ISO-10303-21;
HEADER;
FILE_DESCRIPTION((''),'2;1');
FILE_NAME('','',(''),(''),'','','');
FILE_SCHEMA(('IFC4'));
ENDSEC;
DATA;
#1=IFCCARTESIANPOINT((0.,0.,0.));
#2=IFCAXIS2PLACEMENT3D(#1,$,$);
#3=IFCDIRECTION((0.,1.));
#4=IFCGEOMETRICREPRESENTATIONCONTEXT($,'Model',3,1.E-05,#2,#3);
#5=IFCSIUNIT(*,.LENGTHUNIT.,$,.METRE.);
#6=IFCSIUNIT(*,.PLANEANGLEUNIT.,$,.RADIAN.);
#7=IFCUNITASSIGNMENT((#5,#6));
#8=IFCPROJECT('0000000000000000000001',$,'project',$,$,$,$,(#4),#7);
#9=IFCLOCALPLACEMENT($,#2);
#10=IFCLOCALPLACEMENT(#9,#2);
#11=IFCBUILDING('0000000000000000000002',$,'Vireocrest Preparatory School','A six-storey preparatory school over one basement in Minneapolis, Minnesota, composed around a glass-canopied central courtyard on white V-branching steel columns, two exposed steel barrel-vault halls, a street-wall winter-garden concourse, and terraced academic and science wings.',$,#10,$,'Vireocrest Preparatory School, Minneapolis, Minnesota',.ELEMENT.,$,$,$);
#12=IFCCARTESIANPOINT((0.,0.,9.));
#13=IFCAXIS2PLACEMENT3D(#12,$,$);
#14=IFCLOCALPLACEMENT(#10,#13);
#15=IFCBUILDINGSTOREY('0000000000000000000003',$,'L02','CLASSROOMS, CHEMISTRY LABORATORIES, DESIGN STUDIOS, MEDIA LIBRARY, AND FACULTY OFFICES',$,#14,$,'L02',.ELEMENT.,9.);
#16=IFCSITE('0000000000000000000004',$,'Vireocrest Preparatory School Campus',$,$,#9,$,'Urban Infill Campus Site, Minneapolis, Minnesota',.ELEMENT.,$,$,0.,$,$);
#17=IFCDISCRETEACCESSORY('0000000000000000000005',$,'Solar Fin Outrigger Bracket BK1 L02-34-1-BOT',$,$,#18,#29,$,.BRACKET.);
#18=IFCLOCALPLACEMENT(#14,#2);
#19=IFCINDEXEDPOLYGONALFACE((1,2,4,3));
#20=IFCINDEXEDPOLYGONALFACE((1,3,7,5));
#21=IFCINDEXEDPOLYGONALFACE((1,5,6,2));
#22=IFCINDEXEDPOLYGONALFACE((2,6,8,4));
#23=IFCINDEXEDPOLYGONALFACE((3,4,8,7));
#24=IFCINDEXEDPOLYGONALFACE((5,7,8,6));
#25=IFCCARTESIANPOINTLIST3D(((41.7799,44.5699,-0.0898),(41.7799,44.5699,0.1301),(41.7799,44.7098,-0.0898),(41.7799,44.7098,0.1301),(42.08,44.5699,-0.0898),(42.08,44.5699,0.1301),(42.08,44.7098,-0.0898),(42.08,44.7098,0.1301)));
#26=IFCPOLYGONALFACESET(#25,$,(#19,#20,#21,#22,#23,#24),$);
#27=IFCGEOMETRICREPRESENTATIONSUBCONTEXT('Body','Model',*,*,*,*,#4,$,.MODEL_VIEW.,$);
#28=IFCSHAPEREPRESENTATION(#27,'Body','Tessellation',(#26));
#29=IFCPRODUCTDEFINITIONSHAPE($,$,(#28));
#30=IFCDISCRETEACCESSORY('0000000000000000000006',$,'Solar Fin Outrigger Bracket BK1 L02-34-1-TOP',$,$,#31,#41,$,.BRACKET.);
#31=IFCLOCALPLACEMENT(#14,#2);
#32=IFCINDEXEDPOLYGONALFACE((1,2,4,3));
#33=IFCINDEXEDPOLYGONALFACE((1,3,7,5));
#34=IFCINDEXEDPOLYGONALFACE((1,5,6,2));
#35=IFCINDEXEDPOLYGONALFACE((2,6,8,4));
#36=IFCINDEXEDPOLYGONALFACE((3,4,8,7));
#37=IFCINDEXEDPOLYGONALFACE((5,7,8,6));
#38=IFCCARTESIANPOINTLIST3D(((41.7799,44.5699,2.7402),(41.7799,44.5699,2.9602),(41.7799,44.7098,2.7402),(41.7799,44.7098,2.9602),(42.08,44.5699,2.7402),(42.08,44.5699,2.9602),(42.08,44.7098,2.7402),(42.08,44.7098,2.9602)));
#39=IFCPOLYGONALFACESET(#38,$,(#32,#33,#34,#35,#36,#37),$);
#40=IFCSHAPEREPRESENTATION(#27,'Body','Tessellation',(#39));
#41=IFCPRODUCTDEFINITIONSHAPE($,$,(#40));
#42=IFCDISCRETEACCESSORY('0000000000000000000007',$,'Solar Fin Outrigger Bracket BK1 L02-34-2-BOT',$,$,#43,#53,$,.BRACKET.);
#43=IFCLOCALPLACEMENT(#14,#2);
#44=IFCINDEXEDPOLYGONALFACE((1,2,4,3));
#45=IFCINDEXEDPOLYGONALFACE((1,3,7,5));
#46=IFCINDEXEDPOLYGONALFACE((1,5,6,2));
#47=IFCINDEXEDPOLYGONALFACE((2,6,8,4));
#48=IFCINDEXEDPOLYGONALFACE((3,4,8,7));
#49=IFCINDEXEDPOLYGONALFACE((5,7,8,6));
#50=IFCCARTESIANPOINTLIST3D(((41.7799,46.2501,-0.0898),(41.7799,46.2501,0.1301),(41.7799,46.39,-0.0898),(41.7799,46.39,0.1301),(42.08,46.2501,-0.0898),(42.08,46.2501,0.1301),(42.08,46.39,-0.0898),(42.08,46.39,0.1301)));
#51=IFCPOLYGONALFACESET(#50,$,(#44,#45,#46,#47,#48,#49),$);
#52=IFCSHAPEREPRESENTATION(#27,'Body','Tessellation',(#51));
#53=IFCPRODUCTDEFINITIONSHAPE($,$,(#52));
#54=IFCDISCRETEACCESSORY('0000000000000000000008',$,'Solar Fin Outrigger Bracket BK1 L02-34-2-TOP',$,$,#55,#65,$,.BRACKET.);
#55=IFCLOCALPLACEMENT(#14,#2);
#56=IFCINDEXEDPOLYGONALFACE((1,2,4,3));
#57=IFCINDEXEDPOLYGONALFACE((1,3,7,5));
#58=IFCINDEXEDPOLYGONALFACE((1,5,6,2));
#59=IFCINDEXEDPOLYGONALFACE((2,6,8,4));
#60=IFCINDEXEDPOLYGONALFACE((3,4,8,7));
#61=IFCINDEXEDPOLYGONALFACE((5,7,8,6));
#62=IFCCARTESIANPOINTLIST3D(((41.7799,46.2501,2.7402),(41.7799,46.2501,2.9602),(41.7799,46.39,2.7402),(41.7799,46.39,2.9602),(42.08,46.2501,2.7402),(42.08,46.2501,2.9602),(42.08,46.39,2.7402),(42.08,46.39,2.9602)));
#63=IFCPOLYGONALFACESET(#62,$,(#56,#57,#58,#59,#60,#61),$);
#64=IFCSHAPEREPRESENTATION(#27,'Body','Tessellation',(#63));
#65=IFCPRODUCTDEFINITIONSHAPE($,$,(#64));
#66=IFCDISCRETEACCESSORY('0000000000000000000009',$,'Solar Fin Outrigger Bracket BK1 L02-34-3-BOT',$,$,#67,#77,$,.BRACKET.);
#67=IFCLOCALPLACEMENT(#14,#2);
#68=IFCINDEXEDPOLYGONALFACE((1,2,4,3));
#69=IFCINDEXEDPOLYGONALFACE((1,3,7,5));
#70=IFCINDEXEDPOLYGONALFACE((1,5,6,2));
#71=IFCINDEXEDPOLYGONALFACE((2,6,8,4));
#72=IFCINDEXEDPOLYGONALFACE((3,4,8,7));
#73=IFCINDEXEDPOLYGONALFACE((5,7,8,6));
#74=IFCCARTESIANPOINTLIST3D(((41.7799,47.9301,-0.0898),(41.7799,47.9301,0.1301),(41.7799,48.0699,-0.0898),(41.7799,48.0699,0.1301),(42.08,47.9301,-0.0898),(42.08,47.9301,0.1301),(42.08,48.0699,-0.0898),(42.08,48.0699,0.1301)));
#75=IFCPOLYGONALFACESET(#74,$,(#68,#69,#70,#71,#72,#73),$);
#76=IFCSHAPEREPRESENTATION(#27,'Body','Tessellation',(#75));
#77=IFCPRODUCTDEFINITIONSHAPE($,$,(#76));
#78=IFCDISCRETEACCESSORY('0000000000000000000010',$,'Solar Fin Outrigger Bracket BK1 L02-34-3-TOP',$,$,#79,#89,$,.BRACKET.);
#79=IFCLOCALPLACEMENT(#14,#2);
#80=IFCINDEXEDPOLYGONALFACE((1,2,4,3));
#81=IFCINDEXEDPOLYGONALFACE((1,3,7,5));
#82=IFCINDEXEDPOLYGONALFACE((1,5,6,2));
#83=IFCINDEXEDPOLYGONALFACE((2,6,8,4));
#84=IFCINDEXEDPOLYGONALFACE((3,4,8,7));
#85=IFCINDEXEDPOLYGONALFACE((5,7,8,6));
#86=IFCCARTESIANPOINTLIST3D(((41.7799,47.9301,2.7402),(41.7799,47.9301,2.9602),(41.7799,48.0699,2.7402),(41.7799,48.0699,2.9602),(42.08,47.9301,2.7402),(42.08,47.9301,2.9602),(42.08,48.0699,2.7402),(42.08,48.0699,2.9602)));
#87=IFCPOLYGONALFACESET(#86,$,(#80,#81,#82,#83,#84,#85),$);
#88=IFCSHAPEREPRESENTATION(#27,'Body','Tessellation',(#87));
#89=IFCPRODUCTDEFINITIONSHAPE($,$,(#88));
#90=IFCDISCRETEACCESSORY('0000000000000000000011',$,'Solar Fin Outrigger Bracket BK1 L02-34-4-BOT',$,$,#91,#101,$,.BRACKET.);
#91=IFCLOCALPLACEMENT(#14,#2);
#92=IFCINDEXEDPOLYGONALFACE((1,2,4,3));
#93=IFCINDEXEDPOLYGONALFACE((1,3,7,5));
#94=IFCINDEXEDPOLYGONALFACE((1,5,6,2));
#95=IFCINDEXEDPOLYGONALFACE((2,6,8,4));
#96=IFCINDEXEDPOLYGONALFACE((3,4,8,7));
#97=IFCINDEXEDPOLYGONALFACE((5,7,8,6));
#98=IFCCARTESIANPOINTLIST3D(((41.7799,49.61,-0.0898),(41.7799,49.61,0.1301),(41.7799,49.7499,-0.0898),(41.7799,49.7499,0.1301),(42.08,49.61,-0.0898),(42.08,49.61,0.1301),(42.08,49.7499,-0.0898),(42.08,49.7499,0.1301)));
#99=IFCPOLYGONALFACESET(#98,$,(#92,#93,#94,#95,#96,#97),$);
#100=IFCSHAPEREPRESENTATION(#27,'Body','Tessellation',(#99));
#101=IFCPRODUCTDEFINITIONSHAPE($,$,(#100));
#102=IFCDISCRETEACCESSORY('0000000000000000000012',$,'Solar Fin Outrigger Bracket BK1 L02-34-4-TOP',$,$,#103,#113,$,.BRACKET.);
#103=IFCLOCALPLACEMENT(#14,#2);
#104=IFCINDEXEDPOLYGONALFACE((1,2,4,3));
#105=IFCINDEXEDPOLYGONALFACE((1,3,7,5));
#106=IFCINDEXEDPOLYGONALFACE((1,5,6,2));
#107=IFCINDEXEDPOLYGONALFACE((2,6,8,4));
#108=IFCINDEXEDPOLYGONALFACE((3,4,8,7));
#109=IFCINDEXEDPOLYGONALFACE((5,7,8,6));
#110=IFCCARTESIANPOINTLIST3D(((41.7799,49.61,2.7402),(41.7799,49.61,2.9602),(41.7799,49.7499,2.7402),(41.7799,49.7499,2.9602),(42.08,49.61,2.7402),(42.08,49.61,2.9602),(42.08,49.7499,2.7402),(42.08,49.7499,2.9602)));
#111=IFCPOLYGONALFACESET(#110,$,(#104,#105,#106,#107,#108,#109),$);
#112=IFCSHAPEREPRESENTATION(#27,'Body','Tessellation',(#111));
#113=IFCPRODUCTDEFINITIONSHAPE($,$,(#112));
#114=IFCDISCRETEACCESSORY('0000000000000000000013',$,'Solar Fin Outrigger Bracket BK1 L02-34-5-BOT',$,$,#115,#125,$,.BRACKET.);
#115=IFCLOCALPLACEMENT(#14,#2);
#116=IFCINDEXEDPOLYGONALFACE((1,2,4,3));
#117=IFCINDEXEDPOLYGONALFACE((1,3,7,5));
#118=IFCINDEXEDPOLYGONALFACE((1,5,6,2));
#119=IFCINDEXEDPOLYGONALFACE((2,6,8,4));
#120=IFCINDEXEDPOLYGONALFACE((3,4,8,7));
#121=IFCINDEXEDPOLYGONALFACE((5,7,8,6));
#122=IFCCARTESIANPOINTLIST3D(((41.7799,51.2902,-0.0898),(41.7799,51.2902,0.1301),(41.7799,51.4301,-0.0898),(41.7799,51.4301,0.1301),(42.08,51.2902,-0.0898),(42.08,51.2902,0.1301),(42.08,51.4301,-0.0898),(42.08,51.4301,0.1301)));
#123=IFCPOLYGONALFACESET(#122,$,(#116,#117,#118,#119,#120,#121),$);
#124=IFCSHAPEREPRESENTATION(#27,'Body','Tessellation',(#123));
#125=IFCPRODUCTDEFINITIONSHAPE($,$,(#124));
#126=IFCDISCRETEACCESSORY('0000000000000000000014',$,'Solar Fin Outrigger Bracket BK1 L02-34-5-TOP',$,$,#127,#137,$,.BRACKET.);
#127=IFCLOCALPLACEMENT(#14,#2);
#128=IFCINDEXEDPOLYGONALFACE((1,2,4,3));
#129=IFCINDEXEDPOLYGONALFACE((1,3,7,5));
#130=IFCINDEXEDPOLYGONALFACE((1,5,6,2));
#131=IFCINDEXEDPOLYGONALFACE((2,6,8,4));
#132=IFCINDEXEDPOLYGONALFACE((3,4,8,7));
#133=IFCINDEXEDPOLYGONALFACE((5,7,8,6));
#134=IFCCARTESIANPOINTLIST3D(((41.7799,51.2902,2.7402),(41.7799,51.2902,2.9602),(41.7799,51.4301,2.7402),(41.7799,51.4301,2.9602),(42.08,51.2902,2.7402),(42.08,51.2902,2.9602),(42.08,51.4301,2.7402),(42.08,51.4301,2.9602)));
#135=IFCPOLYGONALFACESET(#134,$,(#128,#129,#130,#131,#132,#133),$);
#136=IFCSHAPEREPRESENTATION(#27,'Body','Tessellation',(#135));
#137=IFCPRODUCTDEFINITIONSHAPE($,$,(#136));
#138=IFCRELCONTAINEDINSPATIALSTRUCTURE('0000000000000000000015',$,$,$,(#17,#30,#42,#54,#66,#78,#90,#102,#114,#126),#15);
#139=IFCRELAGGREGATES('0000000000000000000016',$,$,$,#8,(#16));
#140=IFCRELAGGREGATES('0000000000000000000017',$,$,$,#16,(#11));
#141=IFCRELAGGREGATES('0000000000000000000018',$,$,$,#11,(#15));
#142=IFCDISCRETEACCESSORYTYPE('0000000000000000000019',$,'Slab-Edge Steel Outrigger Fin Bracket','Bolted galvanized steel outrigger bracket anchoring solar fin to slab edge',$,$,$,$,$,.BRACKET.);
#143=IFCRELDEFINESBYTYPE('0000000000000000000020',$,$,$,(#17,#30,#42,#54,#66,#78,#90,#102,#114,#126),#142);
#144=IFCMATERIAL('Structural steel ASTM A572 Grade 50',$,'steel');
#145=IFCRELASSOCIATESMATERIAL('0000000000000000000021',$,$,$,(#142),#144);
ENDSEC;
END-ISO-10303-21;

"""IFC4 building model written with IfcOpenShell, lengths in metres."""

from ifc_helpers import new_model, si_unit, direction, frame, origin, origin_2d, place, context, subcontext, project, spatial, rectangle, extrude, material, type_object, element, save


model = new_model("IFC4")

# Units and contexts
model_context = context("Model", 3, precision=1e-05, world=origin(), true_north=direction((0.0, 1.0)))
body_context = subcontext(model_context, "Body", "Model", "MODEL_VIEW")
ifc_project = project(units=[si_unit("LENGTHUNIT", "METRE"), si_unit("PLANEANGLEUNIT", "RADIAN")], contexts=[model_context])

# Site, building, storey
site_placement = place(None, origin())
site = spatial("IfcSite", under=ifc_project, at=site_placement, Name="Vireocrest Preparatory School Campus", LongName="Urban Infill Campus Site, Minneapolis, Minnesota", CompositionType="ELEMENT", RefElevation=0.0)
building_placement = place(site_placement, origin())
building = spatial("IfcBuilding", under=site, at=building_placement, Name="Vireocrest Preparatory School", Description="A six-storey preparatory school over one basement in Minneapolis, Minnesota, composed around a glass-canopied central courtyard on white V-branching steel columns, two exposed steel barrel-vault halls, a street-wall winter-garden concourse, and terraced academic and science wings.", LongName="Vireocrest Preparatory School, Minneapolis, Minnesota", CompositionType="ELEMENT")
storey_placement = place(building_placement, frame((0.0, 0.0, 9.0)))
storey = spatial("IfcBuildingStorey", under=building, at=storey_placement, Name="L02", Description="CLASSROOMS, CHEMISTRY LABORATORIES, DESIGN STUDIOS, MEDIA LIBRARY, AND FACULTY OFFICES", LongName="L02", CompositionType="ELEMENT", Elevation=9.0)

# Discrete accessories
ifc_material_1 = material(Name="Structural steel ASTM A572 Grade 50", Category="steel")
discrete_accessory_type = type_object("IfcDiscreteAccessoryType", Name="Slab-Edge Steel Outrigger Fin Bracket", Description="Bolted galvanized steel outrigger bracket anchoring solar fin to slab edge", PredefinedType="BRACKET", material=ifc_material_1)
for number, where, z_axis, x_axis, name in (
    (1, (41.9299, 44.6399, -0.0898), (0.0, 0.0, 1.0), (0.0, 1.0, 0.0), "Solar Fin Outrigger Bracket BK1 L02-34-1-BOT"),
    (2, (41.9299, 44.6399, 2.7402), (0.0, 0.0, 1.0), (0.0, 1.0, 0.0), "Solar Fin Outrigger Bracket BK1 L02-34-1-TOP"),
    (3, (41.9299, 46.3201, -0.0898), (0.0, 0.0, 1.0), (0.0, 1.0, 0.0), "Solar Fin Outrigger Bracket BK1 L02-34-2-BOT"),
    (4, (41.9299, 46.3201, 2.7402), (0.0, 0.0, 1.0), (0.0, 1.0, 0.0), "Solar Fin Outrigger Bracket BK1 L02-34-2-TOP"),
    (5, (41.9299, 48.0, -0.0898), (0.0, 0.0, 1.0), (0.0, 1.0, 0.0), "Solar Fin Outrigger Bracket BK1 L02-34-3-BOT"),
    (6, (41.9299, 48.0, 2.7402), (0.0, 0.0, 1.0), (0.0, 1.0, 0.0), "Solar Fin Outrigger Bracket BK1 L02-34-3-TOP"),
    (7, (41.9299, 49.6799, -0.0898), (0.0, 0.0, 1.0), (0.0, 1.0, 0.0), "Solar Fin Outrigger Bracket BK1 L02-34-4-BOT"),
    (8, (41.9299, 49.6799, 2.7402), (0.0, 0.0, 1.0), (0.0, 1.0, 0.0), "Solar Fin Outrigger Bracket BK1 L02-34-4-TOP"),
    (9, (41.9299, 51.3601, -0.0898), (0.0, 0.0, 1.0), (0.0, 1.0, 0.0), "Solar Fin Outrigger Bracket BK1 L02-34-5-BOT"),
    (10, (41.9299, 51.3601, 2.7402), (0.0, 0.0, 1.0), (0.0, 1.0, 0.0), "Solar Fin Outrigger Bracket BK1 L02-34-5-TOP"),
):
    element("IfcDiscreteAccessory", number, at=place(storey_placement, frame(where, z_axis=z_axis, x_axis=x_axis)), inside=storey, type_object=discrete_accessory_type, Name=name, PredefinedType="BRACKET", context=body_context, shape_type="SweptSolid", body=[
        extrude(rectangle(XDim=0.1399, YDim=0.3, at=origin_2d()), origin(), (0.0, 0.0, 1.0), 0.22),
    ])

save(model, "model.ifc")
